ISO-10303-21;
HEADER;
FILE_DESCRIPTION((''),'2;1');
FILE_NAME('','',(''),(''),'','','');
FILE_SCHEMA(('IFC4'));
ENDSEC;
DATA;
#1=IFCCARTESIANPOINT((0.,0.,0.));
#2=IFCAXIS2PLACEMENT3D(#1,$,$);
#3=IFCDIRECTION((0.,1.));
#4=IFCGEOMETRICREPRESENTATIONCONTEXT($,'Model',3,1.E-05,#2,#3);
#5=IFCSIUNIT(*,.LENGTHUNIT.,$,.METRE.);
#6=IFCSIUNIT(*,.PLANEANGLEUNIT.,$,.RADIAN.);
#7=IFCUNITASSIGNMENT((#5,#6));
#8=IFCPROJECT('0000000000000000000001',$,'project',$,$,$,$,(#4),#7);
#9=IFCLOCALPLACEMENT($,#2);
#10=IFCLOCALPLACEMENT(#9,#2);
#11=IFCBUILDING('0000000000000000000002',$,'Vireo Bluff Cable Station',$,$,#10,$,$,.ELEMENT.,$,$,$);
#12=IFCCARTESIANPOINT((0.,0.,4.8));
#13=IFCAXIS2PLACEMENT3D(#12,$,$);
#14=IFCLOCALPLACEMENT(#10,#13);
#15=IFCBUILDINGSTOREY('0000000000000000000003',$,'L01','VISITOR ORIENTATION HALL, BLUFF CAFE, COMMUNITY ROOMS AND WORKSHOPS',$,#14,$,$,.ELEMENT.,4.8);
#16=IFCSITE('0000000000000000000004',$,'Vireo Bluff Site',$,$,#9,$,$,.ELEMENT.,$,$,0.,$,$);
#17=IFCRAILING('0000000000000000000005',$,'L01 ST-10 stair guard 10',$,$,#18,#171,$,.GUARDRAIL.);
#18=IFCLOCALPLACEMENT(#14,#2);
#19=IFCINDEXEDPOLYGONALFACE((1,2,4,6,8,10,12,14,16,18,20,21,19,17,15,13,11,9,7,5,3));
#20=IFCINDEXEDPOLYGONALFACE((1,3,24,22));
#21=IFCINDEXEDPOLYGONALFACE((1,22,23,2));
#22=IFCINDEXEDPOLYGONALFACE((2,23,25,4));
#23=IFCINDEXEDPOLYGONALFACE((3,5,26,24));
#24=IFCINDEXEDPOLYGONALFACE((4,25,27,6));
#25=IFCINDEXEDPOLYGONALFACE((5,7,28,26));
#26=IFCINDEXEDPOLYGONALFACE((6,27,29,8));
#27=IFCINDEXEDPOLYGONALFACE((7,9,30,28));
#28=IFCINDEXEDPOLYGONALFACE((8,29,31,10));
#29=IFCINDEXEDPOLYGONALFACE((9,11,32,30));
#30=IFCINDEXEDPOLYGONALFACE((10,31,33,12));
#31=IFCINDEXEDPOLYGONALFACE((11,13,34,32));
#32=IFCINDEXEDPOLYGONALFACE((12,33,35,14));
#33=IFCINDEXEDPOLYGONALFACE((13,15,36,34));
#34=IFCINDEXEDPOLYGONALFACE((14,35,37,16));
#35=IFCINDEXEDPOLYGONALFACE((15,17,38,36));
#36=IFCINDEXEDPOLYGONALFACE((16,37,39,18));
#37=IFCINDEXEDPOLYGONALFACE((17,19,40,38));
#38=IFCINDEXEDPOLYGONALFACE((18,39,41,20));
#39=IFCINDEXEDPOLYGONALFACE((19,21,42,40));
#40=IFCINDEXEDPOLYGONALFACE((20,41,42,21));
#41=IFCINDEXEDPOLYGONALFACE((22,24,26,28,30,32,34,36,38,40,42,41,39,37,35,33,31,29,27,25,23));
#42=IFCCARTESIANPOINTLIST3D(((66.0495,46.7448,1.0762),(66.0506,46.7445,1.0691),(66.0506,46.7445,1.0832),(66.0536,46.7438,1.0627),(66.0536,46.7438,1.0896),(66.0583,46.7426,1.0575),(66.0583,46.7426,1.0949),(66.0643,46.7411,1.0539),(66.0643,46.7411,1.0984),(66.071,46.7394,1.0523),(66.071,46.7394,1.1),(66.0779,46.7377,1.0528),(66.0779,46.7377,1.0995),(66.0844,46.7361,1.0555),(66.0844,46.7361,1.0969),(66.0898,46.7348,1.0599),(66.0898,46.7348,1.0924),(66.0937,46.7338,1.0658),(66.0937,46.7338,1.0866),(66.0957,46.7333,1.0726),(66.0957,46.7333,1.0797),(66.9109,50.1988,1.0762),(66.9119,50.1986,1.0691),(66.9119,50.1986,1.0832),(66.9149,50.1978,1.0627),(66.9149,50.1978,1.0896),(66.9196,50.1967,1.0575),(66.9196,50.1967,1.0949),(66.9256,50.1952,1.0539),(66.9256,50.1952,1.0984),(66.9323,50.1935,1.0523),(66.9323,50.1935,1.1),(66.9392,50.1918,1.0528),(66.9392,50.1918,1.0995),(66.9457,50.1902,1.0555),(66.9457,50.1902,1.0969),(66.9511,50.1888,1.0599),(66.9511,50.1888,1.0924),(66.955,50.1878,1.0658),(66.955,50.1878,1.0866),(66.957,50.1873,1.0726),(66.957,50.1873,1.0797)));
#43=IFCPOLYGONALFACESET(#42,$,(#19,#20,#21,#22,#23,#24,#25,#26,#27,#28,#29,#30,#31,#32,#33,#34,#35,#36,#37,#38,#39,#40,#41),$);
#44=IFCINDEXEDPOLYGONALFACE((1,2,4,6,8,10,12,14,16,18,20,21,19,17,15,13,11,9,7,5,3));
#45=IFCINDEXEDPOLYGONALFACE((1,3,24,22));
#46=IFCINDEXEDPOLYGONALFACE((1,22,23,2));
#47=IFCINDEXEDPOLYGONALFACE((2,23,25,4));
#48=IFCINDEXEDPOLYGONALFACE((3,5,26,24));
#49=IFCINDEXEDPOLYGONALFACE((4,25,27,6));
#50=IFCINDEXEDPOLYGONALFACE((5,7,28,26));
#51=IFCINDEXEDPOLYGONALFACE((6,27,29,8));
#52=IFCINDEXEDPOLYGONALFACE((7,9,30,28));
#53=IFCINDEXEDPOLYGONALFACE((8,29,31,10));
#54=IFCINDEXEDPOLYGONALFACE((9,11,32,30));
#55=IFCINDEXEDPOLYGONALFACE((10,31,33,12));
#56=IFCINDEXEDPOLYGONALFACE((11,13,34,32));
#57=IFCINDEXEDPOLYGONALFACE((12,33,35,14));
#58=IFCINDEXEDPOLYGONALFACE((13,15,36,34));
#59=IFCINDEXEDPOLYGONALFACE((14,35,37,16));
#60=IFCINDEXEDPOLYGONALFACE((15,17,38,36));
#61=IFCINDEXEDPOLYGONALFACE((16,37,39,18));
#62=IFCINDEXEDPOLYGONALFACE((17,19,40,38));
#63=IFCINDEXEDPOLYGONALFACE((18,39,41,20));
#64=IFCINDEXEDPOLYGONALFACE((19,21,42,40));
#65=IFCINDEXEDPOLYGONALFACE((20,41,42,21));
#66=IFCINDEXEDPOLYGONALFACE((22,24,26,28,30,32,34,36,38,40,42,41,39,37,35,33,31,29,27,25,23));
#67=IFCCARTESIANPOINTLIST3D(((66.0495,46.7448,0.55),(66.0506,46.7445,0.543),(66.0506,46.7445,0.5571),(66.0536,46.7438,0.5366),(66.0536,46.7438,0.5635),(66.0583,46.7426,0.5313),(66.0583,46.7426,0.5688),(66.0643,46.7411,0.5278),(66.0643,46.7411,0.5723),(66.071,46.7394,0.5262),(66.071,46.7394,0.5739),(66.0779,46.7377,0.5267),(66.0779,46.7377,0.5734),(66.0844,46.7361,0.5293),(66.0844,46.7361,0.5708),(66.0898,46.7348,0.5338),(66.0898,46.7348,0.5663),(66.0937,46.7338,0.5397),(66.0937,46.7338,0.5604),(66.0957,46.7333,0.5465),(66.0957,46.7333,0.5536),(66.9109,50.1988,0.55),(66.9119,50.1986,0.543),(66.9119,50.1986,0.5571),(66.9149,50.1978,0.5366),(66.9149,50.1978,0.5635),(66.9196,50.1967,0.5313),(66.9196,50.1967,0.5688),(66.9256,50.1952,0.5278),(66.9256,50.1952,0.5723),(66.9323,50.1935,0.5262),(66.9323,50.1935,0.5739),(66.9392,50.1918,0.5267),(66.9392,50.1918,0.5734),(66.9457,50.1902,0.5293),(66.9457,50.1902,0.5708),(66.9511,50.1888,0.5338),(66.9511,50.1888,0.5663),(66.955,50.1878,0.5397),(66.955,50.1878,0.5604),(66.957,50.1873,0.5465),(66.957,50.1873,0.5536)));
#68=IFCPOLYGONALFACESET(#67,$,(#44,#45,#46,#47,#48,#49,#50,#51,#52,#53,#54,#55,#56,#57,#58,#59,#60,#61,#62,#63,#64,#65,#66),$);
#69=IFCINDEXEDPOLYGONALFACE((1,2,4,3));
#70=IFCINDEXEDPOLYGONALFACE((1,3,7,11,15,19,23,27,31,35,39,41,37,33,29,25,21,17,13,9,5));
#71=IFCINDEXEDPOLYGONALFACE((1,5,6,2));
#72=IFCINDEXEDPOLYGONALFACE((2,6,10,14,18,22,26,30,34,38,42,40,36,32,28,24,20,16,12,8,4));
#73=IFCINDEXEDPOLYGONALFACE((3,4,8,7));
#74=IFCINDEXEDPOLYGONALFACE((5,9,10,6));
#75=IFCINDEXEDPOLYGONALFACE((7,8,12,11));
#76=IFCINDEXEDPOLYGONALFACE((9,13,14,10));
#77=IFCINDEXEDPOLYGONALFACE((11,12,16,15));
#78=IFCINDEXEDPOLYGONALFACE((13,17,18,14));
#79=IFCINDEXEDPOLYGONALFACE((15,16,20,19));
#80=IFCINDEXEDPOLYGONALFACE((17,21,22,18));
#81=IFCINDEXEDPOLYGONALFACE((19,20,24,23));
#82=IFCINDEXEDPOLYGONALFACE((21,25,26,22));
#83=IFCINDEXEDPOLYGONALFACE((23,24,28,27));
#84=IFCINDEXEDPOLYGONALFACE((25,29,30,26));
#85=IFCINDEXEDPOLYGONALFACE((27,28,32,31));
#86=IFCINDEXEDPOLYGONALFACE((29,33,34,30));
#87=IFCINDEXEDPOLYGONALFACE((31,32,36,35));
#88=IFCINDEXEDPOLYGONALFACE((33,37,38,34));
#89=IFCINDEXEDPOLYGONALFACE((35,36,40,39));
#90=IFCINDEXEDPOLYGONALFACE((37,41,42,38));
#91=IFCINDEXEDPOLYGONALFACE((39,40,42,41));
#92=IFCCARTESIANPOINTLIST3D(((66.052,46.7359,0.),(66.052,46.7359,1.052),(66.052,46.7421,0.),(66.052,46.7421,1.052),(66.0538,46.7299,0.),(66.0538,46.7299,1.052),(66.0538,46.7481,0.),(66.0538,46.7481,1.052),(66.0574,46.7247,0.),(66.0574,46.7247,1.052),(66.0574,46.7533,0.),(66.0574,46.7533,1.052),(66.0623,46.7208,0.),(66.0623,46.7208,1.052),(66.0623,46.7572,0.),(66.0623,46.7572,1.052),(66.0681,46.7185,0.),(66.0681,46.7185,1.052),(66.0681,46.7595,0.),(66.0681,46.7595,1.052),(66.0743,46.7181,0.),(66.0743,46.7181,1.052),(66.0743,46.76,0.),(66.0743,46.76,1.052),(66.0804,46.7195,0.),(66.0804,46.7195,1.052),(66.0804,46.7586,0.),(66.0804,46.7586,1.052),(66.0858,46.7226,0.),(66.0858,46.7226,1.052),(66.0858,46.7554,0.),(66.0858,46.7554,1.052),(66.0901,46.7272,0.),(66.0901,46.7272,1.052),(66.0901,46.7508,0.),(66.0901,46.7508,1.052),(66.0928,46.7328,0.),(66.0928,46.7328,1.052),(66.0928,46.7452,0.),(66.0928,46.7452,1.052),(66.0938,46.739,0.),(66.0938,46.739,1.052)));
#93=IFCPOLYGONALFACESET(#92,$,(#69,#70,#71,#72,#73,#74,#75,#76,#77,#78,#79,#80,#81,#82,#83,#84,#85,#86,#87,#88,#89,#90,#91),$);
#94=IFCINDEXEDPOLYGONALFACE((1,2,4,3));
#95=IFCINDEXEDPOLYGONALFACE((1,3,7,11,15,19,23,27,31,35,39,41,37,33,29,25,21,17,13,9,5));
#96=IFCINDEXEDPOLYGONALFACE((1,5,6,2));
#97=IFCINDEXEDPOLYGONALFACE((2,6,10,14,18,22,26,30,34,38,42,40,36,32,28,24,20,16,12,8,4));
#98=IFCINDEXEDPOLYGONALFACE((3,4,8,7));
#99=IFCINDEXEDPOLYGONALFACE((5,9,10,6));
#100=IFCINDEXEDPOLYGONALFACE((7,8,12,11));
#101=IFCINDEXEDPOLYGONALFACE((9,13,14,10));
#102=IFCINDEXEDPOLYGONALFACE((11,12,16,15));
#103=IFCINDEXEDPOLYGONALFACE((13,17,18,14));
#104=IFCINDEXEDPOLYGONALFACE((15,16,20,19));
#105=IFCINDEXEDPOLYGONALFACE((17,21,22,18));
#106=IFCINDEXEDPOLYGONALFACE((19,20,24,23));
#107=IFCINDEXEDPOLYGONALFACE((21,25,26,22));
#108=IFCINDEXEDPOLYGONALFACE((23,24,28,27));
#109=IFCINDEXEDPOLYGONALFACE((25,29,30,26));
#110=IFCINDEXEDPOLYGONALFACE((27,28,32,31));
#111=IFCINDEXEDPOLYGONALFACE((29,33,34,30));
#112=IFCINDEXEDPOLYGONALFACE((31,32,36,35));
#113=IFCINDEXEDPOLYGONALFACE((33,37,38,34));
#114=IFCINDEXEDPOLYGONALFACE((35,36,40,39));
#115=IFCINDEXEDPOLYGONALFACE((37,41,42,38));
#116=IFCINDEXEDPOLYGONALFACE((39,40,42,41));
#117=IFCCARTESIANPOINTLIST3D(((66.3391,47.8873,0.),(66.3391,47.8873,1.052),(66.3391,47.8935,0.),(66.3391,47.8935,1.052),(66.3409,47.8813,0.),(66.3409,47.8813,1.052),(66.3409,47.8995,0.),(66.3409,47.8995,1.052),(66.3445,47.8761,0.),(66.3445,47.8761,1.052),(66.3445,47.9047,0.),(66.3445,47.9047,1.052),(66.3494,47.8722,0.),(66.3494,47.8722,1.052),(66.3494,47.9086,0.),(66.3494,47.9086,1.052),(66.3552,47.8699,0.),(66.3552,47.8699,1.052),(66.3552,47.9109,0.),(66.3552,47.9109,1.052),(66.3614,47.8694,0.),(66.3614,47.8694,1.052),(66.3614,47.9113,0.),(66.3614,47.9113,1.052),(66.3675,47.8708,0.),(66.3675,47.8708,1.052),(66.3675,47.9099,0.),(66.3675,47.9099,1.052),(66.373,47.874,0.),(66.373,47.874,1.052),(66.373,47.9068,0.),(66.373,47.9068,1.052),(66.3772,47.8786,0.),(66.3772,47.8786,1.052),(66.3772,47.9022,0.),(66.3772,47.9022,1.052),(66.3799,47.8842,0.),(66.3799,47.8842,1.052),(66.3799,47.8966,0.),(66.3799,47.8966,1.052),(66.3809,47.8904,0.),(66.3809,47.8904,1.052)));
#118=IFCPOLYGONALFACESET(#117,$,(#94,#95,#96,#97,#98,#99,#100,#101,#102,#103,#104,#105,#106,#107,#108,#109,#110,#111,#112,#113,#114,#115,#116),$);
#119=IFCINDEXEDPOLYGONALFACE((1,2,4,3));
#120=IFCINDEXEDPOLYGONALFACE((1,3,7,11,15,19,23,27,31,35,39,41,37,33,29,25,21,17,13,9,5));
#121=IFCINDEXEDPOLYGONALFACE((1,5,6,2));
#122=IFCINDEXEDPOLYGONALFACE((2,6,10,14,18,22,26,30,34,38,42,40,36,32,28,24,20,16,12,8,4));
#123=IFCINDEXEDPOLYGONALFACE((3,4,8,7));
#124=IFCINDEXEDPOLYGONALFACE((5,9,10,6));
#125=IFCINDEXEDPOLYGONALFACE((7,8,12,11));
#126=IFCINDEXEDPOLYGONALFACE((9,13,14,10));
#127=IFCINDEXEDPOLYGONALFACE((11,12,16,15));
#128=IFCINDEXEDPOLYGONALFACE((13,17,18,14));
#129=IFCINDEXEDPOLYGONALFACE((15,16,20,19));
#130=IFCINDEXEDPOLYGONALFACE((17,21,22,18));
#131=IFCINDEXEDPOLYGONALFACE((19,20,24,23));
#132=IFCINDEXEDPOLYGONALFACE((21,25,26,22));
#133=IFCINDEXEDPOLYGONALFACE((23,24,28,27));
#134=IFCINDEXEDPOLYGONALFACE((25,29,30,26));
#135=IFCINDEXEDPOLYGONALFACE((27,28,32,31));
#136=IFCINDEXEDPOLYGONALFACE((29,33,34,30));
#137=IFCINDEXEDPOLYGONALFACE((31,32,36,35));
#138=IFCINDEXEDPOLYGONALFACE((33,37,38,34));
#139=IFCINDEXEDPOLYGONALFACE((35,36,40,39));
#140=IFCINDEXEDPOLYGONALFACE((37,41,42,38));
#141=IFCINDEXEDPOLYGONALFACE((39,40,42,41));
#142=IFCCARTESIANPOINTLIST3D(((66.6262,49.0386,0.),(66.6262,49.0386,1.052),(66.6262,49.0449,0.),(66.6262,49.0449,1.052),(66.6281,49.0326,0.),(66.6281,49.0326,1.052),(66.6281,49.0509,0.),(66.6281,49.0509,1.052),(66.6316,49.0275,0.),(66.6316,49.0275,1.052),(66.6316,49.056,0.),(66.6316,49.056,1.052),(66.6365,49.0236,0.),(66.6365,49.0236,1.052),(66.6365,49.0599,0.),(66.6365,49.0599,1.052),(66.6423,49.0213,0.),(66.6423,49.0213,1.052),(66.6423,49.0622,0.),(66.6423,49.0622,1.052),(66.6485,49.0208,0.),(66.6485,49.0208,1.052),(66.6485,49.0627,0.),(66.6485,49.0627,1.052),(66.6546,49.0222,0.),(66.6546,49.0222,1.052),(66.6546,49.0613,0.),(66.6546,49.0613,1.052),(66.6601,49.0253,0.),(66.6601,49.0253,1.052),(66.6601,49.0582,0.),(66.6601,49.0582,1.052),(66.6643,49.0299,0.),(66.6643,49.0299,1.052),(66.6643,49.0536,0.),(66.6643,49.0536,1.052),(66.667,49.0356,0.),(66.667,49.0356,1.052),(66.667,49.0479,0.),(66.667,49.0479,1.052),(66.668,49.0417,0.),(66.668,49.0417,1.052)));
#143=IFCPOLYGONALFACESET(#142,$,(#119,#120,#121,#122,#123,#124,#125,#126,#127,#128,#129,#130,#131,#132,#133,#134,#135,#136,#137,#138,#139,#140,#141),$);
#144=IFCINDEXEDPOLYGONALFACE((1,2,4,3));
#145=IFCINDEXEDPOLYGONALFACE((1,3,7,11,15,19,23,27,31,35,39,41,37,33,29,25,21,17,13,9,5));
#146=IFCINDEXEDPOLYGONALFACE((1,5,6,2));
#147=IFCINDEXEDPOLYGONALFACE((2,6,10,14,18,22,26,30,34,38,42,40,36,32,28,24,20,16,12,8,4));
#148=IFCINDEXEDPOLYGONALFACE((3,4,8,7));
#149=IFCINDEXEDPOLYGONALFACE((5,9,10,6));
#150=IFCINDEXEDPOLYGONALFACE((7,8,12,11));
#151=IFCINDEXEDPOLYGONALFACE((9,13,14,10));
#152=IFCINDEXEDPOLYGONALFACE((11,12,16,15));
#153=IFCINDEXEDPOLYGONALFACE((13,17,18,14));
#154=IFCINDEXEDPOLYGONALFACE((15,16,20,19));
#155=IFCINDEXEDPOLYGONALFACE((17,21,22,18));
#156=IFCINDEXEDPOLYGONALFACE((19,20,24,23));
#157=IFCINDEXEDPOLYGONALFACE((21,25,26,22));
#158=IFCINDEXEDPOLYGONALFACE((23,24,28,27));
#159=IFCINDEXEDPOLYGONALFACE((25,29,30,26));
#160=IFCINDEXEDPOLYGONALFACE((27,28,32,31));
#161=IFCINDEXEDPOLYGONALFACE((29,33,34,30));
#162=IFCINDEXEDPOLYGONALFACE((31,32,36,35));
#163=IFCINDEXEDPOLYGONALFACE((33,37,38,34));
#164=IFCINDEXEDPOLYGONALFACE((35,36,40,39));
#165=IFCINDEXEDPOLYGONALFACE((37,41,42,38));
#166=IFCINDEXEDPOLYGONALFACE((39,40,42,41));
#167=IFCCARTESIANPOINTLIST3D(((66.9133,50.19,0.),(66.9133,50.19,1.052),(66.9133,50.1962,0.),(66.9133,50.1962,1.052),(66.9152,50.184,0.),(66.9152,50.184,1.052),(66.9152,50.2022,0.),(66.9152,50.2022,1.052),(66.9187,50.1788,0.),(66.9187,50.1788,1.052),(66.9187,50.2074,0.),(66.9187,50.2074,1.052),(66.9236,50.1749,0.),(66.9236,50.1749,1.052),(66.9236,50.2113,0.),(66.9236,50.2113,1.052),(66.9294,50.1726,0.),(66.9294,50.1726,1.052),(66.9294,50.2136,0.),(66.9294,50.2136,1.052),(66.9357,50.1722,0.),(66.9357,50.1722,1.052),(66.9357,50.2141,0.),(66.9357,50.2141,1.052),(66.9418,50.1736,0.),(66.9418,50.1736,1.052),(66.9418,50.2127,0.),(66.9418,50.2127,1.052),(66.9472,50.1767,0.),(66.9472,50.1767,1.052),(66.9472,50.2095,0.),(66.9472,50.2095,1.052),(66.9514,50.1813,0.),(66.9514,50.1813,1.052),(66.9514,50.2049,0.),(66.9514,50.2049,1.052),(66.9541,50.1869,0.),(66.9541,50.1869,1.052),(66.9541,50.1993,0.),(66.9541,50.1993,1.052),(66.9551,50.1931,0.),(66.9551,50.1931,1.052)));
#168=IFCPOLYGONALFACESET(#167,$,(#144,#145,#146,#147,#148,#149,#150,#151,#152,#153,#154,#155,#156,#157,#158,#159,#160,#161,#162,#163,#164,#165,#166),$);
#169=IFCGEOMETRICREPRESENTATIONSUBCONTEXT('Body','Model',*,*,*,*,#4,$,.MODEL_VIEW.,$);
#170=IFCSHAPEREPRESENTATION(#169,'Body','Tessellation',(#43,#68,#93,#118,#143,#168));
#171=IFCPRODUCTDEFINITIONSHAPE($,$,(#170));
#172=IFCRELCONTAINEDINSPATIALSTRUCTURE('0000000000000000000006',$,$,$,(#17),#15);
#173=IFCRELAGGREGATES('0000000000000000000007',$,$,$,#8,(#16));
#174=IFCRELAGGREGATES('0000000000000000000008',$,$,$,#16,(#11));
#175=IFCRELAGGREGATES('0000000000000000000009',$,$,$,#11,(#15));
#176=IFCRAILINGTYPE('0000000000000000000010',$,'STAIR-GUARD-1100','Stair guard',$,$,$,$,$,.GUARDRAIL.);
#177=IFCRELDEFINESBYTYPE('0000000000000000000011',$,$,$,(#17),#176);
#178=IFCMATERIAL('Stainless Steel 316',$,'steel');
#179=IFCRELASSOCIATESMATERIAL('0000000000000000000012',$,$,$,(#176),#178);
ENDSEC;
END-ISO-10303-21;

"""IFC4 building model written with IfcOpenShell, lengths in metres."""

from ifc_helpers import new_model, si_unit, direction, frame, origin, origin_2d, place, context, subcontext, project, spatial, circle, extrude, material, type_object, element, save


model = new_model("IFC4")

# Units and contexts
model_context = context("Model", 3, precision=1e-05, world=origin(), true_north=direction((0.0, 1.0)))
body_context = subcontext(model_context, "Body", "Model", "MODEL_VIEW")
ifc_project = project(units=[si_unit("LENGTHUNIT", "METRE"), si_unit("PLANEANGLEUNIT", "RADIAN")], contexts=[model_context])

# Site, building, storey
site_placement = place(None, origin())
site = spatial("IfcSite", under=ifc_project, at=site_placement, Name="Vireo Bluff Site", CompositionType="ELEMENT", RefElevation=0.0)
building_placement = place(site_placement, origin())
building = spatial("IfcBuilding", under=site, at=building_placement, Name="Vireo Bluff Cable Station", CompositionType="ELEMENT")
storey_placement = place(building_placement, frame((0.0, 0.0, 4.8)))
storey = spatial("IfcBuildingStorey", under=building, at=storey_placement, Name="L01", Description="VISITOR ORIENTATION HALL, BLUFF CAFE, COMMUNITY ROOMS AND WORKSHOPS", CompositionType="ELEMENT", Elevation=4.8)

# Shared definitions
ifc_material_1 = material(Name="Stainless Steel 316", Category="steel")

# Railing
railing_type_1 = type_object("IfcRailingType", Name="STAIR-GUARD-1100", Description="Stair guard", PredefinedType="GUARDRAIL", material=ifc_material_1)
railing_1_placement = place(storey_placement, frame((66.0728, 46.739, 0.0)))
element("IfcRailing", 1, at=railing_1_placement, inside=storey, type_object=railing_type_1, Name="L01 ST-10 stair guard 10", PredefinedType="GUARDRAIL", context=body_context, shape_type="SweptSolid", body=[
    extrude(circle(Radius=0.0239, at=origin_2d()), frame((0.0, 0.0, 1.0762), z_axis=(0.241955, 0.970288, 0.0), x_axis=(-0.970288, 0.241955, 0.0)), (0.0, 0.0, 1.0), 3.5598),
    extrude(circle(Radius=0.0239, at=origin_2d()), frame((0.0, 0.0, 0.55), z_axis=(0.241955, 0.970288, 0.0), x_axis=(-0.970288, 0.241955, 0.0)), (0.0, 0.0, 1.0), 3.5598),
    extrude(circle(Radius=0.021, at=origin_2d()), origin(), (0.0, 0.0, 1.0), 1.052),
    extrude(circle(Radius=0.021, at=origin_2d()), frame((0.2871, 1.1514, 0.0)), (0.0, 0.0, 1.0), 1.052),
    extrude(circle(Radius=0.021, at=origin_2d()), frame((0.5742, 2.3027, 0.0)), (0.0, 0.0, 1.0), 1.052),
    extrude(circle(Radius=0.021, at=origin_2d()), frame((0.8613, 3.4541, 0.0)), (0.0, 0.0, 1.0), 1.052),
])

save(model, "model.ifc")
